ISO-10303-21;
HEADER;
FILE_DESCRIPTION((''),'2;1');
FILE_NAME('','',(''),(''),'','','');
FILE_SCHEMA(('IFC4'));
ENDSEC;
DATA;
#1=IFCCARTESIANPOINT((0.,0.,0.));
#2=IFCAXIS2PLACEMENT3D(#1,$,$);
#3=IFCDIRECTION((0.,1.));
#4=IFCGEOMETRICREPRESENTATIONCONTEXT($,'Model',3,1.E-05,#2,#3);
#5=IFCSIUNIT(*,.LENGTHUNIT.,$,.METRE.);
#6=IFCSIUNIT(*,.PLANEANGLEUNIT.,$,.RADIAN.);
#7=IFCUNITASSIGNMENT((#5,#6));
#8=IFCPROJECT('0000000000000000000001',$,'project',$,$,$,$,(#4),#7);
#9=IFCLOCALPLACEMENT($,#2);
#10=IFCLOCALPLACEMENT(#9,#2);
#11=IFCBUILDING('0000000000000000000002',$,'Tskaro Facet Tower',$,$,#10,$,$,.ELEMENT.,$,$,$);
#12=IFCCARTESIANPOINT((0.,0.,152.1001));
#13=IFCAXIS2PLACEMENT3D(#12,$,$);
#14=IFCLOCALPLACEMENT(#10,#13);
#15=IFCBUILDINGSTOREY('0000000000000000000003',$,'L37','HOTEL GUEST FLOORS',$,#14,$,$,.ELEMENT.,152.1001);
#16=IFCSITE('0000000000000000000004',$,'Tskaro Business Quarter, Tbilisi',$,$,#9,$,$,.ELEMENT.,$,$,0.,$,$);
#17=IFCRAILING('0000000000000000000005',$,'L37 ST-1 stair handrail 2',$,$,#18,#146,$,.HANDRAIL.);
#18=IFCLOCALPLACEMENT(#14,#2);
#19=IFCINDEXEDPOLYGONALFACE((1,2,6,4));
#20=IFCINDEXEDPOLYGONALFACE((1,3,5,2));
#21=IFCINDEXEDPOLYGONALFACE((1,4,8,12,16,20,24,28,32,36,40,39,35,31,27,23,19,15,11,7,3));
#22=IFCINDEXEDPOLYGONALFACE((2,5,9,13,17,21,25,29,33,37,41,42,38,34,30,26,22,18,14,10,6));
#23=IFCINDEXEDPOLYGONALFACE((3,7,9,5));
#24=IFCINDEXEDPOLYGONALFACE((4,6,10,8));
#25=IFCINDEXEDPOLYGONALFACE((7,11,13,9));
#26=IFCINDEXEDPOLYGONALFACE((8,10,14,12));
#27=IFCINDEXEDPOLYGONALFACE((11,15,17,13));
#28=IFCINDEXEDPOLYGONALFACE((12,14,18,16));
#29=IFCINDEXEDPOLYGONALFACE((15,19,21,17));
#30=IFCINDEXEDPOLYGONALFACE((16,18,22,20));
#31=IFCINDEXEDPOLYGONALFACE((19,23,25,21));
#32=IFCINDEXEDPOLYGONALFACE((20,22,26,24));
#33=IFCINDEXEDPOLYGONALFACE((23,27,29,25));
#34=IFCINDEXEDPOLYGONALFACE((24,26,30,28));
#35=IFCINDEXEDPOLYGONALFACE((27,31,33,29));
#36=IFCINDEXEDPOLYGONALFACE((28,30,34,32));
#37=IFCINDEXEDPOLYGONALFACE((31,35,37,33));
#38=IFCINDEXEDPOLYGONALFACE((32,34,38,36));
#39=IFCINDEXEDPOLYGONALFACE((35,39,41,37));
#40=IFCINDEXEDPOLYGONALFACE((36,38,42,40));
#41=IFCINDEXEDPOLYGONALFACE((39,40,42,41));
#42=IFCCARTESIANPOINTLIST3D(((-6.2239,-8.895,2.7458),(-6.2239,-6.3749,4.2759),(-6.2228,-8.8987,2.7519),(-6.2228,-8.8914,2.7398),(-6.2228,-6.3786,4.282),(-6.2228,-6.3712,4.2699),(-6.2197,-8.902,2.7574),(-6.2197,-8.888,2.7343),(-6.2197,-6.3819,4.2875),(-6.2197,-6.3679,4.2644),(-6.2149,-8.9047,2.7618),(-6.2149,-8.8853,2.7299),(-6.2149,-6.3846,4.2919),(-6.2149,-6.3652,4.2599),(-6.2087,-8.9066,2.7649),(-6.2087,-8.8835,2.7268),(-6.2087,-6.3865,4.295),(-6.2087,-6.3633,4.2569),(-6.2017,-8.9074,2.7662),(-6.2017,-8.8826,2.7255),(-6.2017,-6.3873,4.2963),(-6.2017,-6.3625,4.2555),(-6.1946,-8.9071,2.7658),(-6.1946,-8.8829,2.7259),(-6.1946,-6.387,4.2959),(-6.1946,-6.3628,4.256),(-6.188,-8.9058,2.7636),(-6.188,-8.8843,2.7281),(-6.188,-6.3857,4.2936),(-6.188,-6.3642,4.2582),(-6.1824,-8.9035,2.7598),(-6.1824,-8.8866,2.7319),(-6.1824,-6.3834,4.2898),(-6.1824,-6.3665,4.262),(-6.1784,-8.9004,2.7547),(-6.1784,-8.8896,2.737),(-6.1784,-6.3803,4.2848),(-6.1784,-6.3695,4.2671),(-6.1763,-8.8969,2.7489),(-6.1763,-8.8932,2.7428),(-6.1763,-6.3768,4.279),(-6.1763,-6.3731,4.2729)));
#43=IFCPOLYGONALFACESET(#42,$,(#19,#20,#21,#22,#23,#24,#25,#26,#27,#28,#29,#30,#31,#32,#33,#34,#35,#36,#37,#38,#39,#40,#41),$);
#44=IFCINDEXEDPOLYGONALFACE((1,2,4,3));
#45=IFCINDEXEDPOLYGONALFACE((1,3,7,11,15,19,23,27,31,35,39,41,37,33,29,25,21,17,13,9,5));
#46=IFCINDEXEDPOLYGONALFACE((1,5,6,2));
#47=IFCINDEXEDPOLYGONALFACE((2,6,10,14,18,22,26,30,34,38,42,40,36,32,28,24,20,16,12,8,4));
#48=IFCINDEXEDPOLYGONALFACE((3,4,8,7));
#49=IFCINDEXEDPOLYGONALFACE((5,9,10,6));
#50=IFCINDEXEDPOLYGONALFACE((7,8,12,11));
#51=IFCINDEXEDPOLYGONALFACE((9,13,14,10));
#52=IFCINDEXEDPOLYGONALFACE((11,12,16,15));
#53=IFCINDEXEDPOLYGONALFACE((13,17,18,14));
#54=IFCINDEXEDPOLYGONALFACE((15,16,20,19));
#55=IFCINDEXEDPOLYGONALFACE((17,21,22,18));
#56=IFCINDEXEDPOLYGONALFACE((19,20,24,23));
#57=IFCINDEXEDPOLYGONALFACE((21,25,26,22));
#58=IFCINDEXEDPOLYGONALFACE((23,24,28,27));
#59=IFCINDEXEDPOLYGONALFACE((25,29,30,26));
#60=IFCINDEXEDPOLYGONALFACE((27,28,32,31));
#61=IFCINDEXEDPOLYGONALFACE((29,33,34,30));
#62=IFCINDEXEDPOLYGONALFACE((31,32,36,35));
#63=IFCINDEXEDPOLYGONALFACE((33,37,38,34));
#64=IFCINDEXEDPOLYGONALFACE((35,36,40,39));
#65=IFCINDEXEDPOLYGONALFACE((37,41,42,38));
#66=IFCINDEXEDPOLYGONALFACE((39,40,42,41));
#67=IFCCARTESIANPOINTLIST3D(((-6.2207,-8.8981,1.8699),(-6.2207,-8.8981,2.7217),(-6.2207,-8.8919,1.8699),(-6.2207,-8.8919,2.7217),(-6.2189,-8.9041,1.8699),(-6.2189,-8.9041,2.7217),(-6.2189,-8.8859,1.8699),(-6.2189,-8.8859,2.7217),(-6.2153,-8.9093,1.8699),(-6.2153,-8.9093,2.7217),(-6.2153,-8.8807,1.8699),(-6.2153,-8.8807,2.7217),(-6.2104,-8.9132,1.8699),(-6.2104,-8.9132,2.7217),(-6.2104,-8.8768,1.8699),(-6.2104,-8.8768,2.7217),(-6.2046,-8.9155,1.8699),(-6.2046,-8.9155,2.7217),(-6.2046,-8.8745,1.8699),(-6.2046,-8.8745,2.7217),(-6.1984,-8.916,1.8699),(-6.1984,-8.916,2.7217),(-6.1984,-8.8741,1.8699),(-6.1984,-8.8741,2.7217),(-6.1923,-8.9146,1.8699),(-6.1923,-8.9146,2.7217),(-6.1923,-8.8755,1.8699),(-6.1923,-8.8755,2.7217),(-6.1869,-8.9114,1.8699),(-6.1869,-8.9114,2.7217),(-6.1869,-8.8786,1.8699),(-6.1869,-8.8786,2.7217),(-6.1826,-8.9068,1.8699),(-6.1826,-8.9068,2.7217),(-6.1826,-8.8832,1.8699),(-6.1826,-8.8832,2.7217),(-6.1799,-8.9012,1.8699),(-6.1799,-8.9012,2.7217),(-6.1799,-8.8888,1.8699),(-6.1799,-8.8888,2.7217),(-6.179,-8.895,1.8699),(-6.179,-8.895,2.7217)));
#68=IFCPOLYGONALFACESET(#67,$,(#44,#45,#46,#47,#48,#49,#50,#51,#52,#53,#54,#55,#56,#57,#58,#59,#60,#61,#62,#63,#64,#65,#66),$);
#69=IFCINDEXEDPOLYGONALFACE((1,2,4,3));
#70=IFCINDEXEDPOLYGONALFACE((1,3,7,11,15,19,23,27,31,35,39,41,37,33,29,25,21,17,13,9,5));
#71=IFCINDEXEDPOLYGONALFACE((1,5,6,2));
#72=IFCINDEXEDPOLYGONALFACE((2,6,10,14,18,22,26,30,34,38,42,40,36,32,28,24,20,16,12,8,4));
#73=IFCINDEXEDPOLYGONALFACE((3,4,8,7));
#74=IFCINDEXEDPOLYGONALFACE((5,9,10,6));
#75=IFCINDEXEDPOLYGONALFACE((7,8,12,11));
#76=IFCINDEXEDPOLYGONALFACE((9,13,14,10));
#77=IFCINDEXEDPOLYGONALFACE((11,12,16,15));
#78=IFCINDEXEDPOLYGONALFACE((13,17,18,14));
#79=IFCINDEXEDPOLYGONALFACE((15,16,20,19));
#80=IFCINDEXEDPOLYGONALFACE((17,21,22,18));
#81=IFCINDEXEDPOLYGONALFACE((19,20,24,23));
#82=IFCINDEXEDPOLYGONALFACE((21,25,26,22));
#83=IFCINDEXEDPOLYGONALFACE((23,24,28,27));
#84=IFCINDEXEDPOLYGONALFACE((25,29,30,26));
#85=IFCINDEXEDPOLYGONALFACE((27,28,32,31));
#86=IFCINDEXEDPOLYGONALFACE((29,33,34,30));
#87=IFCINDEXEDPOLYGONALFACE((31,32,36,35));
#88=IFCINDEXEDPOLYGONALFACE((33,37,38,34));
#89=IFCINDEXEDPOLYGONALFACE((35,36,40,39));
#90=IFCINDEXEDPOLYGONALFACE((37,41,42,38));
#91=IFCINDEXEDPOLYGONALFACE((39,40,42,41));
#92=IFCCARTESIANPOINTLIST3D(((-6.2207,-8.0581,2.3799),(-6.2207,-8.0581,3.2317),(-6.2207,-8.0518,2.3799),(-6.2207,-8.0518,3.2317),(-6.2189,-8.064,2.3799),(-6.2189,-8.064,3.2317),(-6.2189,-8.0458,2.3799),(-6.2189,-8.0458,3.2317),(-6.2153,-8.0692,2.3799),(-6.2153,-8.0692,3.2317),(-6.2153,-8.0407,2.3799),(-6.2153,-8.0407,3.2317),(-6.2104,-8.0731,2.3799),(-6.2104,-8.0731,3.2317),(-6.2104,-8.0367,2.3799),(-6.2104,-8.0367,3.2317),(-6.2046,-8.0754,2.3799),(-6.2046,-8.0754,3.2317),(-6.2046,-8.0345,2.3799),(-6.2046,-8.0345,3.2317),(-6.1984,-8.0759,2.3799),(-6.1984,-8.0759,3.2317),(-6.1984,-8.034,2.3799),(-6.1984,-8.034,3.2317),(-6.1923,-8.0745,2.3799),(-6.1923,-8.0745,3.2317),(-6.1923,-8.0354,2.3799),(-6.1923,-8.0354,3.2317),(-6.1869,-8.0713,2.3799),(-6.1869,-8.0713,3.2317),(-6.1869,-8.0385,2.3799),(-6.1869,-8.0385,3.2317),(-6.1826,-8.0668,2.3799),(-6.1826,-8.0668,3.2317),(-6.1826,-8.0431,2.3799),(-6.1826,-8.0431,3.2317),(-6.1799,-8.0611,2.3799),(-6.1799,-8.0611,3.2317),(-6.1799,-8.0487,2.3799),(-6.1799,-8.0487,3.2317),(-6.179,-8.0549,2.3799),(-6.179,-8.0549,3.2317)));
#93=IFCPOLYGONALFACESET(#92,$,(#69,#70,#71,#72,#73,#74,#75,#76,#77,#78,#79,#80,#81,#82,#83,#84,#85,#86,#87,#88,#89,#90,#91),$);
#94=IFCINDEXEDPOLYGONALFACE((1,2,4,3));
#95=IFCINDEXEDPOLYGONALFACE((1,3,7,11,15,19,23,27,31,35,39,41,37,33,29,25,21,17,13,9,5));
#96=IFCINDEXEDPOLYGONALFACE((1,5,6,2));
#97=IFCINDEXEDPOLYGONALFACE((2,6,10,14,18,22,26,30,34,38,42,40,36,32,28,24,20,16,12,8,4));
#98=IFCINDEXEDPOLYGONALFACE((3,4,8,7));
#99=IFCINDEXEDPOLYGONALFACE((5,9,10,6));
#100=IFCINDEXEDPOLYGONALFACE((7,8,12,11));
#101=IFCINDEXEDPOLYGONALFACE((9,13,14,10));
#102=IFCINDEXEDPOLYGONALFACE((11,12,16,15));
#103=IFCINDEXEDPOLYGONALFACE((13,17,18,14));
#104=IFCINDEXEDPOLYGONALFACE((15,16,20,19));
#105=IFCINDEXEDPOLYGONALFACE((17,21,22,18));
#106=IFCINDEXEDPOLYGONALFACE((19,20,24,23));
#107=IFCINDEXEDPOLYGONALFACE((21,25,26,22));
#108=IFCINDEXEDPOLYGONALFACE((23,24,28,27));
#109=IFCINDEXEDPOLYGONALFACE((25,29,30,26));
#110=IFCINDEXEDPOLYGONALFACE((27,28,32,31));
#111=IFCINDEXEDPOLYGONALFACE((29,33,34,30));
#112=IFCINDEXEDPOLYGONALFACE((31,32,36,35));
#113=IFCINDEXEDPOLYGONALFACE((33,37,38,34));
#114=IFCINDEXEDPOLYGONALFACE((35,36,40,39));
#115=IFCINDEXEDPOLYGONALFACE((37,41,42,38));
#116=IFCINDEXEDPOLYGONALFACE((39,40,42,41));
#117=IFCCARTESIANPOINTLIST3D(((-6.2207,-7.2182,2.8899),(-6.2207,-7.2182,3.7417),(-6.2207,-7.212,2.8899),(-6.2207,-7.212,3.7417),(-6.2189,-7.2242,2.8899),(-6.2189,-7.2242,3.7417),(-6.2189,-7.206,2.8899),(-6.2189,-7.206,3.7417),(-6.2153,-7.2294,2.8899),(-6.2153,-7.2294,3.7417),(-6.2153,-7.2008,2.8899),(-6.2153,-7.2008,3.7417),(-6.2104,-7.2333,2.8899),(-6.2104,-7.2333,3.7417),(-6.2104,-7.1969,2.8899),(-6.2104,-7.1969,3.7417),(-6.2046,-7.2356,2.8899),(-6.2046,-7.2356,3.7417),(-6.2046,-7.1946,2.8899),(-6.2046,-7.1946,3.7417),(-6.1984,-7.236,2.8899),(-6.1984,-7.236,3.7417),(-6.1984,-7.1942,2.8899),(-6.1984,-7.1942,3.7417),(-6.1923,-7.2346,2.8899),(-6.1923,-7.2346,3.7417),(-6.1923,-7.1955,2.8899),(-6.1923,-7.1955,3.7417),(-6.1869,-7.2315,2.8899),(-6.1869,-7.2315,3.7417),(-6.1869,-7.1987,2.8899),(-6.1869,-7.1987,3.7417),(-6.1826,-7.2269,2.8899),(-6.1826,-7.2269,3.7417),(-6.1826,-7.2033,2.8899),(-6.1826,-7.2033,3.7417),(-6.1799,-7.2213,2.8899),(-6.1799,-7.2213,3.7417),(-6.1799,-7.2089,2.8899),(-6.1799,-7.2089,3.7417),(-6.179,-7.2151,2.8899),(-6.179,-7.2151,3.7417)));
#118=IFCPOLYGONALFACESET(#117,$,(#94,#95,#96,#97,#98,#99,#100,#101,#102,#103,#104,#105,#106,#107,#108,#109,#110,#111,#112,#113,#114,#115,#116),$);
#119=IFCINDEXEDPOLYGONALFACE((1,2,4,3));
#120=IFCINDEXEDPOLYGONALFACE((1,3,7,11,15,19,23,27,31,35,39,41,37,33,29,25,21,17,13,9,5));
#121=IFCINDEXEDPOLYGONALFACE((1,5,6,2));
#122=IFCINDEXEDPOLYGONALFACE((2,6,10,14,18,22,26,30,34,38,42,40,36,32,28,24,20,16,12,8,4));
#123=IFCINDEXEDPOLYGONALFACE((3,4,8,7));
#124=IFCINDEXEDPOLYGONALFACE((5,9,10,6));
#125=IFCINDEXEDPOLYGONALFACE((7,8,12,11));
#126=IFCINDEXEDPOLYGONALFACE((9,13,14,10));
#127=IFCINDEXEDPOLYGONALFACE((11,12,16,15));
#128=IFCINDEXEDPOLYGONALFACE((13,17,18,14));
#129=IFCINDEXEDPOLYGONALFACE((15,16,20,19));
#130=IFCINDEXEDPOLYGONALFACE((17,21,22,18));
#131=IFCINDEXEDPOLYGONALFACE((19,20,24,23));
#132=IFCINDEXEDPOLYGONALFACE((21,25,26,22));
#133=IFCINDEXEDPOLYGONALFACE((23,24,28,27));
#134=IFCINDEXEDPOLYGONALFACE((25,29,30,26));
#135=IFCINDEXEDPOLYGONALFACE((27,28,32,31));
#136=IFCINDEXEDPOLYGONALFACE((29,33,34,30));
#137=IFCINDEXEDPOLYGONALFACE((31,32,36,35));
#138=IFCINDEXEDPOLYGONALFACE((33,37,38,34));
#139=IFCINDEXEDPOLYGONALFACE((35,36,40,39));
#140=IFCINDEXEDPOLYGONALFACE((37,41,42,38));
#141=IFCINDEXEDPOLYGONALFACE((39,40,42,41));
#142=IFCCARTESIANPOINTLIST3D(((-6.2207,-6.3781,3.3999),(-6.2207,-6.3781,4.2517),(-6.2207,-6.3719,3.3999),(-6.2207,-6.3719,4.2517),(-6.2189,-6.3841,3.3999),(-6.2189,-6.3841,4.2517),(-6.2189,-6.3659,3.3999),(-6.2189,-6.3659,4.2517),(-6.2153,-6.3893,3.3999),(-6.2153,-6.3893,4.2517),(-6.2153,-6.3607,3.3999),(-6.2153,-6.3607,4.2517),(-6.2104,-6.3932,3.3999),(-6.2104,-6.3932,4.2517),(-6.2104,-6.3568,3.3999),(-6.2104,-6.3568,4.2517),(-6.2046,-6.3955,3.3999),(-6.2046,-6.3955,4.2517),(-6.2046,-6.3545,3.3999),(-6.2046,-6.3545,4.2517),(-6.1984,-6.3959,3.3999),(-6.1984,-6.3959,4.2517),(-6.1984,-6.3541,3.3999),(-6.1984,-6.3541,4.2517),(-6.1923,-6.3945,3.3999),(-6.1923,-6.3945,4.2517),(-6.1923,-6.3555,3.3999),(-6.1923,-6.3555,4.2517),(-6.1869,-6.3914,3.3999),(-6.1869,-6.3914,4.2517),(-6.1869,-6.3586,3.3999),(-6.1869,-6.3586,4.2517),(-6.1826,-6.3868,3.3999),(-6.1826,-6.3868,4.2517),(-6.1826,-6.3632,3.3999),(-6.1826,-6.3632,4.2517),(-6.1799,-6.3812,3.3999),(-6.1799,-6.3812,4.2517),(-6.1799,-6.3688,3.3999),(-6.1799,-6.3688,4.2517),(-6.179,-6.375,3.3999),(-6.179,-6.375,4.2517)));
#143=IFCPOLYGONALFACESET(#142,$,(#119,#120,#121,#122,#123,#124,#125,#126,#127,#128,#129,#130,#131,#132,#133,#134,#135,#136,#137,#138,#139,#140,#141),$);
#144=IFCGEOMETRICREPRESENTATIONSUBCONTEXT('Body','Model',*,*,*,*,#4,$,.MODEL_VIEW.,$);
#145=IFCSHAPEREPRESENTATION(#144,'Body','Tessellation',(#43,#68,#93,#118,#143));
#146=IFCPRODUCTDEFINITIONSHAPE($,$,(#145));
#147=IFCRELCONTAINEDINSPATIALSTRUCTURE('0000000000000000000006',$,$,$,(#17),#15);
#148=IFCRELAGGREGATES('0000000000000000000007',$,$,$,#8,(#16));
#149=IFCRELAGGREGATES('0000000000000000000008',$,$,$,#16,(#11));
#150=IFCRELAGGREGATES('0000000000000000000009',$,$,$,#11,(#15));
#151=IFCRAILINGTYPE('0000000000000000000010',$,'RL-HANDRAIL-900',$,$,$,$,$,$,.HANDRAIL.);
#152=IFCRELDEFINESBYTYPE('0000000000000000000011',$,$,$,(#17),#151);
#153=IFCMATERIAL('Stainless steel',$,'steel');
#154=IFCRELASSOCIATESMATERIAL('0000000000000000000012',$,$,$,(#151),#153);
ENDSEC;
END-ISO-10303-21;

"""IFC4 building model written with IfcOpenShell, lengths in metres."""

from ifc_helpers import new_model, si_unit, direction, frame, origin, origin_2d, place, context, subcontext, project, spatial, circle, extrude, material, type_object, element, save


model = new_model("IFC4")

# Units and contexts
model_context = context("Model", 3, precision=1e-05, world=origin(), true_north=direction((0.0, 1.0)))
body_context = subcontext(model_context, "Body", "Model", "MODEL_VIEW")
ifc_project = project(units=[si_unit("LENGTHUNIT", "METRE"), si_unit("PLANEANGLEUNIT", "RADIAN")], contexts=[model_context])

# Site, building, storey
site_placement = place(None, origin())
site = spatial("IfcSite", under=ifc_project, at=site_placement, Name="Tskaro Business Quarter, Tbilisi", CompositionType="ELEMENT", RefElevation=0.0)
building_placement = place(site_placement, origin())
building = spatial("IfcBuilding", under=site, at=building_placement, Name="Tskaro Facet Tower", CompositionType="ELEMENT")
storey_placement = place(building_placement, frame((0.0, 0.0, 152.1001)))
storey = spatial("IfcBuildingStorey", under=building, at=storey_placement, Name="L37", Description="HOTEL GUEST FLOORS", CompositionType="ELEMENT", Elevation=152.1001)

# Shared definitions
ifc_material_1 = material(Name="Stainless steel", Category="steel")

# Railing
railing_type_1 = type_object("IfcRailingType", Name="RL-HANDRAIL-900", PredefinedType="HANDRAIL", material=ifc_material_1)
railing_1_placement = place(storey_placement, frame((-6.2, -8.895, 1.8699)))
element("IfcRailing", 1, at=railing_1_placement, inside=storey, type_object=railing_type_1, Name="L37 ST-1 stair handrail 2", PredefinedType="HANDRAIL", context=body_context, shape_type="SweptSolid", body=[
    extrude(circle(Radius=0.0239, at=origin_2d()), frame((0.0, 0.0, 0.876), z_axis=(0.0, 0.854785, 0.518982), x_axis=(-1.0, 0.0, 0.0)), (0.0, 0.0, 1.0), 2.9482),
    extrude(circle(Radius=0.021, at=origin_2d()), origin(), (0.0, 0.0, 1.0), 0.8518),
    extrude(circle(Radius=0.021, at=origin_2d()), frame((0.0, 0.8401, 0.51)), (0.0, 0.0, 1.0), 0.8518),
    extrude(circle(Radius=0.021, at=origin_2d()), frame((0.0, 1.6799, 1.02)), (0.0, 0.0, 1.0), 0.8518),
    extrude(circle(Radius=0.021, at=origin_2d()), frame((0.0, 2.52, 1.53)), (0.0, 0.0, 1.0), 0.8518),
])

save(model, "model.ifc")
